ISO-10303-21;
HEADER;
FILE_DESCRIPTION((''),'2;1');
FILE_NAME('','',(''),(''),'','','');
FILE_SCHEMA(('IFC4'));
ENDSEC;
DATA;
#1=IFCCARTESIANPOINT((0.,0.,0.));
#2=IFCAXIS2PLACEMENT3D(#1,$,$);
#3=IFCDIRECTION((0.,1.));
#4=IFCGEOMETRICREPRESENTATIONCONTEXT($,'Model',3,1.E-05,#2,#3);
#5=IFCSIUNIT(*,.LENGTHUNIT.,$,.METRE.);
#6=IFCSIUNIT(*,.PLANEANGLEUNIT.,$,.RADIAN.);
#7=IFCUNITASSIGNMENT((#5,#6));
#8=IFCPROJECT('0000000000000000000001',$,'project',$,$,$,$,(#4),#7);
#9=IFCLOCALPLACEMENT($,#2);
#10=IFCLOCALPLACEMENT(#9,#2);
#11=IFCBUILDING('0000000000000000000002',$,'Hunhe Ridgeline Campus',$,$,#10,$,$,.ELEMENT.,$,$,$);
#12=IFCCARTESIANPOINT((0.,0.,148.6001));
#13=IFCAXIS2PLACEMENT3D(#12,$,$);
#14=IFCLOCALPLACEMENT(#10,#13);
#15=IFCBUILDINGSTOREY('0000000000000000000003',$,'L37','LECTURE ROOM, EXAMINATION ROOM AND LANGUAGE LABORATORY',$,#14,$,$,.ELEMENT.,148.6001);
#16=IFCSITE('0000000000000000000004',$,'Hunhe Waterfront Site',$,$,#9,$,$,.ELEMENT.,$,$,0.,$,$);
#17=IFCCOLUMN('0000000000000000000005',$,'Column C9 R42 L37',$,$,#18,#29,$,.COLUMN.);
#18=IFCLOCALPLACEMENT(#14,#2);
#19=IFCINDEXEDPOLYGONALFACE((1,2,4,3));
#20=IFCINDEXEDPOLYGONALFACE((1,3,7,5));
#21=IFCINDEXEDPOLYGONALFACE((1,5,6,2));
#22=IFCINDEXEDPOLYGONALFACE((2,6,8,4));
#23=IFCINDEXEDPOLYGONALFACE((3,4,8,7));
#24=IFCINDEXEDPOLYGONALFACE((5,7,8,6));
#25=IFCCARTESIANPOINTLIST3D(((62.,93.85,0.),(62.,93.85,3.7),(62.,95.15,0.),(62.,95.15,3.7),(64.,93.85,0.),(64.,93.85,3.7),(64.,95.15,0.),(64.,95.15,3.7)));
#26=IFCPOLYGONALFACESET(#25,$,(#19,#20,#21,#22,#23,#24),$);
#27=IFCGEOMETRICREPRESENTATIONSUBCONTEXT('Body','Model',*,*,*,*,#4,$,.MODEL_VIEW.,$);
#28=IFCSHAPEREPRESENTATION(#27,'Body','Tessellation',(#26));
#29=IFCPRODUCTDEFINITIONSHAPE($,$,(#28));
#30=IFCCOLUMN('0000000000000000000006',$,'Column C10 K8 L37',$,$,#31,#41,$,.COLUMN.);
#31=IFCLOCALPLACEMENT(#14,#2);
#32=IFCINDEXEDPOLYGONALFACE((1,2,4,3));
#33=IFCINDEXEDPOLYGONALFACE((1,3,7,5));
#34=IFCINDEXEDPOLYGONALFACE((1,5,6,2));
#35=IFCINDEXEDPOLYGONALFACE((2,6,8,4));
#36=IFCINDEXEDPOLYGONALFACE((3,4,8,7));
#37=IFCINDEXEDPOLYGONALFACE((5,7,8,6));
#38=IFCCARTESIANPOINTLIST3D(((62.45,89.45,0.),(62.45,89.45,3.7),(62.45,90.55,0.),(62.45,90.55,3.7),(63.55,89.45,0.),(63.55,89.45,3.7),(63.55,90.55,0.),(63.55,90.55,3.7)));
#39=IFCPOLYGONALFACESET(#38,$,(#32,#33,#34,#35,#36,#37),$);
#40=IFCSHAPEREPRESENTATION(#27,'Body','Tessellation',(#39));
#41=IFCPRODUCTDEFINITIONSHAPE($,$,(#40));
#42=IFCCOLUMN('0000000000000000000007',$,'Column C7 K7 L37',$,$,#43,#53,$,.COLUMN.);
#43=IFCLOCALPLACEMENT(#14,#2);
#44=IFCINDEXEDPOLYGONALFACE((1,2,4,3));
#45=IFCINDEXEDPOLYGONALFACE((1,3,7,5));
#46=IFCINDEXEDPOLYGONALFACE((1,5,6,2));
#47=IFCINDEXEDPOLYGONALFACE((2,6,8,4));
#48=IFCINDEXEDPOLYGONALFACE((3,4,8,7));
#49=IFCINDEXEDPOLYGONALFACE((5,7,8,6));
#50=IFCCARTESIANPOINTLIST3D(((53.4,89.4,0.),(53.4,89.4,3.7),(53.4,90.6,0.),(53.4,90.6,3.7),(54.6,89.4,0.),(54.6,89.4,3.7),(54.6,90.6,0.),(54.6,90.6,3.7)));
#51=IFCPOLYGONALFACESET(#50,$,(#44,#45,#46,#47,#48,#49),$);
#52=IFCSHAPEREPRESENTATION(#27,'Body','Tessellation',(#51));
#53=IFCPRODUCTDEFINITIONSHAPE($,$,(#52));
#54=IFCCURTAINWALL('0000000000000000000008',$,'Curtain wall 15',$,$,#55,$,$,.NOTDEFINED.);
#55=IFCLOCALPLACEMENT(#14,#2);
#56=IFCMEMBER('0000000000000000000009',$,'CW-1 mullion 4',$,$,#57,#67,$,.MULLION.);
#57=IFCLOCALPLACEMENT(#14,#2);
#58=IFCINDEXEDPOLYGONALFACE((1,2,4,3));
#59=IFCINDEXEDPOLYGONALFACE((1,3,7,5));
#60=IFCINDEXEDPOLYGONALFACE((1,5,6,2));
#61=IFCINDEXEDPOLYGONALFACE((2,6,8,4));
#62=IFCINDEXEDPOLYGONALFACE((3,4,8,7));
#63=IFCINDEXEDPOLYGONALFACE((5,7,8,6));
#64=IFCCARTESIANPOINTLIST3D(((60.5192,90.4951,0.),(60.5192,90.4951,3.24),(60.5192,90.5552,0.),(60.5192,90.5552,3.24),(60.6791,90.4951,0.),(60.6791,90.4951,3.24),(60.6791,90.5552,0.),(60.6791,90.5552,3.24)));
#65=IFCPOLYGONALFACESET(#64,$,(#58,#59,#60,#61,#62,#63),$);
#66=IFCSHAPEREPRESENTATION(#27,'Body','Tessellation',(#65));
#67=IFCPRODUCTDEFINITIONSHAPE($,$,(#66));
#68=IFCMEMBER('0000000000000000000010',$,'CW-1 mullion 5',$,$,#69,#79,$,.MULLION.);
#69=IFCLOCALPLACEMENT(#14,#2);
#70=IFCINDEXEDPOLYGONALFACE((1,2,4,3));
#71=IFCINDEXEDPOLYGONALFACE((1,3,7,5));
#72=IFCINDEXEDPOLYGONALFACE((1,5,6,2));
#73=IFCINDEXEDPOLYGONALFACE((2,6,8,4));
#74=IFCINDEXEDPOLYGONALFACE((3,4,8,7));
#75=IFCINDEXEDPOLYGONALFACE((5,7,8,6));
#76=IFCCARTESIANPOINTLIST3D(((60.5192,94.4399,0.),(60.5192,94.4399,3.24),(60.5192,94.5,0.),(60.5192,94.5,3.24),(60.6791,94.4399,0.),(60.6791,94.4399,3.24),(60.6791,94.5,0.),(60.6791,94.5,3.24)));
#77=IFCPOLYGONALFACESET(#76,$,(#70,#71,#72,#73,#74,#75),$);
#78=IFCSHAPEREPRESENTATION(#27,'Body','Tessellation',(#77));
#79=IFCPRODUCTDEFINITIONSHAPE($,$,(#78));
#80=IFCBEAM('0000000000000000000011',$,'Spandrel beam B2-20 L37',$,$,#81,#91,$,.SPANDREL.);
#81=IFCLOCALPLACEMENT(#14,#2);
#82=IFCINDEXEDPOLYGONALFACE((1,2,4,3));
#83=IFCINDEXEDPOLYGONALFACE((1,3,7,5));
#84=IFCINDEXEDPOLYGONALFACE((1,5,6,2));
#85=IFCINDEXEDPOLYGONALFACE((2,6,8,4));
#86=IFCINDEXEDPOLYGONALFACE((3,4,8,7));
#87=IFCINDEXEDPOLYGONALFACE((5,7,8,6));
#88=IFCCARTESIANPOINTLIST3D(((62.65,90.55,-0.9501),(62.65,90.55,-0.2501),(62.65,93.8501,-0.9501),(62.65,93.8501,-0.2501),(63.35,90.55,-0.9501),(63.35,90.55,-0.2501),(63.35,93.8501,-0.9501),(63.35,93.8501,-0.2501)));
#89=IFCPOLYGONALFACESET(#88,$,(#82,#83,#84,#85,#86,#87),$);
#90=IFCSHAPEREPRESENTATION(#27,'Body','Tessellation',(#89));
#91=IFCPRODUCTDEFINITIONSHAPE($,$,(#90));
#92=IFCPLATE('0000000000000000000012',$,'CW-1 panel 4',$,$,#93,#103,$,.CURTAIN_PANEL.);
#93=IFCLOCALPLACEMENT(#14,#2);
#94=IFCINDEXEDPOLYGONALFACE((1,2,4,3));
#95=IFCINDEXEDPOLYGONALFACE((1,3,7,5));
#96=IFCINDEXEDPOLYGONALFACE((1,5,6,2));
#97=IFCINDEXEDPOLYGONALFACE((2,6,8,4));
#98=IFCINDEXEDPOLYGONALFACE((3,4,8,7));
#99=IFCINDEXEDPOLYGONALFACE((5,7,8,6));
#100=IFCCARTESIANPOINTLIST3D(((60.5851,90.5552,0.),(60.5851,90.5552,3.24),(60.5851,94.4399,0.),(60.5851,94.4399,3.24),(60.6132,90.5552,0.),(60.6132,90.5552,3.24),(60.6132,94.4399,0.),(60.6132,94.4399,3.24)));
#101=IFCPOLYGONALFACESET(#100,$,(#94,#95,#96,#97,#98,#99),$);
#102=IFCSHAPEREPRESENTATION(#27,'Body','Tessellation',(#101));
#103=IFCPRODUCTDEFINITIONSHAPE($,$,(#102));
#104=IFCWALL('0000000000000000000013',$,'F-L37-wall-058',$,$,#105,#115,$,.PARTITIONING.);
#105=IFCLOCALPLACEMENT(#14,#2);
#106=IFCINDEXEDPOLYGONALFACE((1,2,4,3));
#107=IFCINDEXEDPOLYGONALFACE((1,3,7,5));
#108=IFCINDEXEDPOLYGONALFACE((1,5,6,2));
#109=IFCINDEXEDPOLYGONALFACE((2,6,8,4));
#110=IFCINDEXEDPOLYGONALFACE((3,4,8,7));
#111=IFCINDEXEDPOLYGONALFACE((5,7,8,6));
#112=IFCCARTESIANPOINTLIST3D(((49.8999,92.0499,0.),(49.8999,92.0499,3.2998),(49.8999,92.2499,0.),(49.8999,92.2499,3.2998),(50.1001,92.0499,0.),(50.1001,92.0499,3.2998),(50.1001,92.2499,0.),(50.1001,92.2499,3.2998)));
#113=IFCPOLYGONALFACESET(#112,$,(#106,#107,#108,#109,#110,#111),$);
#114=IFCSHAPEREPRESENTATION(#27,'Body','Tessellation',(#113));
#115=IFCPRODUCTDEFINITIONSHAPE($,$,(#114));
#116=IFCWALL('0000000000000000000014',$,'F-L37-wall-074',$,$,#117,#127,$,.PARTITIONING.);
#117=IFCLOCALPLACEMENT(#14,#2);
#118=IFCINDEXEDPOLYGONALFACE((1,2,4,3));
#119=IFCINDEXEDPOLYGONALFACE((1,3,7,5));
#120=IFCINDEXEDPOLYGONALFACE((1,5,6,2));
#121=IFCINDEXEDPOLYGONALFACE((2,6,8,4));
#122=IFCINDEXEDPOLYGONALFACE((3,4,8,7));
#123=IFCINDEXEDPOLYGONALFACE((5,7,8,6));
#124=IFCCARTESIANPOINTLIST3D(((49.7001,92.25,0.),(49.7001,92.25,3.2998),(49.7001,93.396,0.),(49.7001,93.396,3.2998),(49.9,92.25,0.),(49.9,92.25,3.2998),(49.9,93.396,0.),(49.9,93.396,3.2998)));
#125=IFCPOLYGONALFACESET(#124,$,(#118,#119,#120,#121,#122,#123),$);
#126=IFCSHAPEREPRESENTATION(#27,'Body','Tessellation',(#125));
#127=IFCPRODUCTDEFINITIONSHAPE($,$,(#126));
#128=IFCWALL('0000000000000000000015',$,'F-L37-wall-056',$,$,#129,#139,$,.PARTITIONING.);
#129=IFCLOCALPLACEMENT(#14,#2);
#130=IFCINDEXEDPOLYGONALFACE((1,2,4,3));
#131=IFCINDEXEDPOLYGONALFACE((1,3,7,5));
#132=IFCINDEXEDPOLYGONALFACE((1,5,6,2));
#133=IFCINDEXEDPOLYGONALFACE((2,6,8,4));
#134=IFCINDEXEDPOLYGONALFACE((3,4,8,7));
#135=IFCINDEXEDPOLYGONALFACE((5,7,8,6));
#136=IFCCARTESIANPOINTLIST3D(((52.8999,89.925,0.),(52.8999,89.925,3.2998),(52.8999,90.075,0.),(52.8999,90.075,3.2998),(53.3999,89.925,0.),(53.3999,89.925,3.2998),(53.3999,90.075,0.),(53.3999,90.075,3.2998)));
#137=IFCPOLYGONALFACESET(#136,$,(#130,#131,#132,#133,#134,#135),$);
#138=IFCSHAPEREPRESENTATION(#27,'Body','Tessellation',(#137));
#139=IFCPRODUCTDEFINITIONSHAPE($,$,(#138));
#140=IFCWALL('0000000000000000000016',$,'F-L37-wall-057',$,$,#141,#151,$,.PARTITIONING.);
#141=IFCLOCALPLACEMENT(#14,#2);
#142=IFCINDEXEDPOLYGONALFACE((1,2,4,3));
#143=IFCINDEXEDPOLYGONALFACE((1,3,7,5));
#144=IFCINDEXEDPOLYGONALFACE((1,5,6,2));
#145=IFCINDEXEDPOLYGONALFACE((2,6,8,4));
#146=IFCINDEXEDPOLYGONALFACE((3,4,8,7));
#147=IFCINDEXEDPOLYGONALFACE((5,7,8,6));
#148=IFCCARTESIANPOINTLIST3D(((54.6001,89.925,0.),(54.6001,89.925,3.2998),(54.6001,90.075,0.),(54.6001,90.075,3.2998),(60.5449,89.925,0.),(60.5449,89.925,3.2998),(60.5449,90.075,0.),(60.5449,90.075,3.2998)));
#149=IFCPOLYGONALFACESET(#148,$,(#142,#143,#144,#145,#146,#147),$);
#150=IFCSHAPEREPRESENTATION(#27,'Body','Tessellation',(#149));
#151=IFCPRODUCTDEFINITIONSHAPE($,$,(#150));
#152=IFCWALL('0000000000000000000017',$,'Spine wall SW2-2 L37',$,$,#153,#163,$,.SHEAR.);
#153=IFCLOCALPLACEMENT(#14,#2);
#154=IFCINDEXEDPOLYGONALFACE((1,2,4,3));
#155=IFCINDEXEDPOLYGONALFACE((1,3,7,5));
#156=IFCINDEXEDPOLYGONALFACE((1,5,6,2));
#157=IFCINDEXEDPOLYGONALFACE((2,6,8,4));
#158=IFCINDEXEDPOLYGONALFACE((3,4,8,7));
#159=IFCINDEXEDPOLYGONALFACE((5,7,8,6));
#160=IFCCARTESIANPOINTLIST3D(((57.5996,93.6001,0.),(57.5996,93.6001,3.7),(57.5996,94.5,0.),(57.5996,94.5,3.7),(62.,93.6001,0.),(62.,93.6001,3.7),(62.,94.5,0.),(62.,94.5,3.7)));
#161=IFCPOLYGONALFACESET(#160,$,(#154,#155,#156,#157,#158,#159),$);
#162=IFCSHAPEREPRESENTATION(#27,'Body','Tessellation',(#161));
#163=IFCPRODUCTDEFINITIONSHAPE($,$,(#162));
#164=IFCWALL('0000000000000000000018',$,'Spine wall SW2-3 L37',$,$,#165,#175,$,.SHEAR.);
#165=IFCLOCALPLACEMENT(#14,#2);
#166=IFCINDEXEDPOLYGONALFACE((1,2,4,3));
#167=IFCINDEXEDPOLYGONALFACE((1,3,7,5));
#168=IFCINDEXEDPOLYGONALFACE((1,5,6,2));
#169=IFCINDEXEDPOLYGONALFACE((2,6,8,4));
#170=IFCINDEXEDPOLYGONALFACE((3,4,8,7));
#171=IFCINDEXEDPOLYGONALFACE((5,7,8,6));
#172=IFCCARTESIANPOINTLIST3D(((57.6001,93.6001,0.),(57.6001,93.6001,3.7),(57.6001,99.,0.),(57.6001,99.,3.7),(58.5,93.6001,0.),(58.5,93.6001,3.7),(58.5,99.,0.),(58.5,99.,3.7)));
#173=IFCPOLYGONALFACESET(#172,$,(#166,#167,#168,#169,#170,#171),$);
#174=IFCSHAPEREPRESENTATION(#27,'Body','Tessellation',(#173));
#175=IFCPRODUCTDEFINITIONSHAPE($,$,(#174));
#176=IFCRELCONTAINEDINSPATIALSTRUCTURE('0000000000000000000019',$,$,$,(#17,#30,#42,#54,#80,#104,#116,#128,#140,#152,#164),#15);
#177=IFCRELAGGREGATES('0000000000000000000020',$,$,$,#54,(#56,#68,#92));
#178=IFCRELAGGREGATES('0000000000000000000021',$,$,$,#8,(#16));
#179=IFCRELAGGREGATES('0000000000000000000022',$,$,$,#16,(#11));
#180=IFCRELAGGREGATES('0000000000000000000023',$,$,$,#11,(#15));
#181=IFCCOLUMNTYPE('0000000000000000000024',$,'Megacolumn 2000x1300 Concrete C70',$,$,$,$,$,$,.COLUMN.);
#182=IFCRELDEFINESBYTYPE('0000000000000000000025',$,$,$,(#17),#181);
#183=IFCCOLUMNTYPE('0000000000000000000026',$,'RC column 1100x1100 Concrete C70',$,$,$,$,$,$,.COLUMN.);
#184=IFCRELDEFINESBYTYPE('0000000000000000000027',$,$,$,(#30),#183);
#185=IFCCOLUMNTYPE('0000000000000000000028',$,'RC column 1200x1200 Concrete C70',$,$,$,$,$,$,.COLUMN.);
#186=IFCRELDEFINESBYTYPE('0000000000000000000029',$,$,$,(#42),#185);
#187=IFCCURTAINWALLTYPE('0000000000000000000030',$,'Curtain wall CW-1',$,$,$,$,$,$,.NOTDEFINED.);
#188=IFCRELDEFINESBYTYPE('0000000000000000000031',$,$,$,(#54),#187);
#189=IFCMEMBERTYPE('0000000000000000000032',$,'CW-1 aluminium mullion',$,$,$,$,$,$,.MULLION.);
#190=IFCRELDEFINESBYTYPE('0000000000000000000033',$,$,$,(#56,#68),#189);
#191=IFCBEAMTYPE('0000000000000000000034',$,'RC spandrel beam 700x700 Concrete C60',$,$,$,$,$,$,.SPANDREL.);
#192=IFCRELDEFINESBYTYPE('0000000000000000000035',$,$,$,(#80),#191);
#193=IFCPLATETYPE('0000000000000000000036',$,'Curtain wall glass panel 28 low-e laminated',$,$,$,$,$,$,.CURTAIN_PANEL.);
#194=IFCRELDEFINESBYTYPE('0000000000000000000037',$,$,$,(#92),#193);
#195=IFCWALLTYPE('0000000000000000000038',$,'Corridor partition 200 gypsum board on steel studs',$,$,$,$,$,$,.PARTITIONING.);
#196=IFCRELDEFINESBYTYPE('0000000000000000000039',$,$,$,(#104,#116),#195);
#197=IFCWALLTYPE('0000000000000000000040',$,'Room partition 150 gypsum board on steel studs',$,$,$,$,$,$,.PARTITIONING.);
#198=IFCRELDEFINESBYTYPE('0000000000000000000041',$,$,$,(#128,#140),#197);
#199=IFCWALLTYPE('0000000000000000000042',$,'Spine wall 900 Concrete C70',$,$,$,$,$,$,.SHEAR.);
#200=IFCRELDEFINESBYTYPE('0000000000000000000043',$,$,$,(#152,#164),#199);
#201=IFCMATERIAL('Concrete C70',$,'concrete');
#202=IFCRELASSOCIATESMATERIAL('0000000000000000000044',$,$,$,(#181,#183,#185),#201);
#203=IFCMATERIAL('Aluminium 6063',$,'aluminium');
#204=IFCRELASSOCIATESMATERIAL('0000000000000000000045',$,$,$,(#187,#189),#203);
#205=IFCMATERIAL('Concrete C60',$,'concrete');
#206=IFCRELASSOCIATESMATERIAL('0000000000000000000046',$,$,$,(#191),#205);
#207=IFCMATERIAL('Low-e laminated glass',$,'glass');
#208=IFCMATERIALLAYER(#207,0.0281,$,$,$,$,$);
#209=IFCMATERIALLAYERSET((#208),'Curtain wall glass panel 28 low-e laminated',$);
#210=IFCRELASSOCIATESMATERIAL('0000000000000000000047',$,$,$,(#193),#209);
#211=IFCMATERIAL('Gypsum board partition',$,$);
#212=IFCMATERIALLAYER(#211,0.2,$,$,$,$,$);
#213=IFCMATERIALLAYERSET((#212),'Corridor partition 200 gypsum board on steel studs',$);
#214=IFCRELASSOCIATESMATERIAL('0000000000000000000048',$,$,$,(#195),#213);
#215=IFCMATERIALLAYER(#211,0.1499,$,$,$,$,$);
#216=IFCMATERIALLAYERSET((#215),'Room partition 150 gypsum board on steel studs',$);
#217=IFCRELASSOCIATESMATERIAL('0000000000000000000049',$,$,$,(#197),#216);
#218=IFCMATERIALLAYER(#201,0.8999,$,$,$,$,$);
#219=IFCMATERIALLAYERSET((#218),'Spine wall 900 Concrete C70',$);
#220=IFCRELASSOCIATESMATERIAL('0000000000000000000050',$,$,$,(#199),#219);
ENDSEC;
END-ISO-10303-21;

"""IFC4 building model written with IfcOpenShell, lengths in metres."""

from ifc_helpers import new_model, si_unit, direction, frame, frame_2d, origin, origin_2d, place, context, subcontext, project, spatial, rectangle, extrude, material, layer, layer_set, material_profile, profile_set, type_object, element, aggregate, save


model = new_model("IFC4")

# Units and contexts
model_context = context("Model", 3, precision=1e-05, world=origin(), true_north=direction((0.0, 1.0)))
body_context = subcontext(model_context, "Body", "Model", "MODEL_VIEW")
ifc_project = project(units=[si_unit("LENGTHUNIT", "METRE"), si_unit("PLANEANGLEUNIT", "RADIAN")], contexts=[model_context])

# Site, building, storey
site_placement = place(None, origin())
site = spatial("IfcSite", under=ifc_project, at=site_placement, Name="Hunhe Waterfront Site", CompositionType="ELEMENT", RefElevation=0.0)
building_placement = place(site_placement, origin())
building = spatial("IfcBuilding", under=site, at=building_placement, Name="Hunhe Ridgeline Campus", CompositionType="ELEMENT")
storey_placement = place(building_placement, frame((0.0, 0.0, 148.6001)))
storey = spatial("IfcBuildingStorey", under=building, at=storey_placement, Name="L37", Description="LECTURE ROOM, EXAMINATION ROOM AND LANGUAGE LABORATORY", CompositionType="ELEMENT", Elevation=148.6001)

# Columns
ifc_material_1 = material(Name="Concrete C70", Category="concrete")
ifc_material_profile_1 = material_profile(ifc_material_1, rectangle(XDim=2.0, YDim=1.3, at=origin_2d()))
ifc_profile_set_1 = profile_set([ifc_material_profile_1], Name="Concrete C70")
column_type_1 = type_object("IfcColumnType", Name="Megacolumn 2000x1300 Concrete C70", PredefinedType="COLUMN", material=ifc_profile_set_1)
column_1_placement = place(storey_placement, frame((63.0, 94.5, 0.0), z_axis=(0.0, 0.0, 1.0), x_axis=(1.0, 0.0, 0.0)))
element("IfcColumn", 1, at=column_1_placement, inside=storey, type_object=column_type_1, Name="Column C9 R42 L37", PredefinedType="COLUMN", context=body_context, shape_type="SweptSolid", body=[
    extrude(rectangle(XDim=2.0, YDim=1.3, at=origin_2d()), origin(), (0.0, 0.0, 1.0), 3.7),
])
ifc_material_profile_2 = material_profile(ifc_material_1, rectangle(XDim=1.1001, YDim=1.1001, at=origin_2d()))
ifc_profile_set_2 = profile_set([ifc_material_profile_2], Name="Concrete C70")
column_type_2 = type_object("IfcColumnType", Name="RC column 1100x1100 Concrete C70", PredefinedType="COLUMN", material=ifc_profile_set_2)
column_2_placement = place(storey_placement, frame((63.0, 90.0, 0.0), z_axis=(0.0, 0.0, 1.0), x_axis=(1.0, 0.0, 0.0)))
element("IfcColumn", 2, at=column_2_placement, inside=storey, type_object=column_type_2, Name="Column C10 K8 L37", PredefinedType="COLUMN", context=body_context, shape_type="SweptSolid", body=[
    extrude(rectangle(XDim=1.1001, YDim=1.1001, at=origin_2d()), origin(), (0.0, 0.0, 1.0), 3.7),
])
ifc_material_profile_3 = material_profile(ifc_material_1, rectangle(XDim=1.2, YDim=1.2, at=origin_2d()))
ifc_profile_set_3 = profile_set([ifc_material_profile_3], Name="Concrete C70")
column_type_3 = type_object("IfcColumnType", Name="RC column 1200x1200 Concrete C70", PredefinedType="COLUMN", material=ifc_profile_set_3)
column_3_placement = place(storey_placement, frame((54.0, 90.0, 0.0), z_axis=(0.0, 0.0, 1.0), x_axis=(1.0, 0.0, 0.0)))
element("IfcColumn", 3, at=column_3_placement, inside=storey, type_object=column_type_3, Name="Column C7 K7 L37", PredefinedType="COLUMN", context=body_context, shape_type="SweptSolid", body=[
    extrude(rectangle(XDim=1.2, YDim=1.2, at=origin_2d()), origin(), (0.0, 0.0, 1.0), 3.7),
])

# Curtain wall, members
ifc_material_2 = material(Name="Aluminium 6063", Category="aluminium")
curtain_wall_type = type_object("IfcCurtainWallType", Name="Curtain wall CW-1", PredefinedType="NOTDEFINED", material=ifc_material_2)
curtain_wall_placement = place(storey_placement, origin())
curtain_wall = element("IfcCurtainWall", 4, at=curtain_wall_placement, inside=storey, type_object=curtain_wall_type, Name="Curtain wall 15", PredefinedType="NOTDEFINED")
ifc_material_profile_4 = material_profile(ifc_material_2, rectangle(XDim=0.1599, YDim=0.0601, at=origin_2d()))
ifc_profile_set_4 = profile_set([ifc_material_profile_4], Name="Aluminium 6063")
member_type = type_object("IfcMemberType", Name="CW-1 aluminium mullion", PredefinedType="MULLION", material=ifc_profile_set_4)
member_1_placement = place(storey_placement, frame((60.5991, 90.5251, 0.0), z_axis=(0.0, 0.0, 1.0), x_axis=(-1.0, 0.0, 0.0)))
member_1 = element("IfcMember", 5, at=member_1_placement, type_object=member_type, Name="CW-1 mullion 4", PredefinedType="MULLION", context=body_context, shape_type="SweptSolid", body=[
    extrude(rectangle(XDim=0.1599, YDim=0.0601, at=origin_2d()), origin(), (0.0, 0.0, 1.0), 3.24),
])
member_2_placement = place(storey_placement, frame((60.5991, 94.47, 0.0), z_axis=(0.0, 0.0, 1.0), x_axis=(-1.0, 0.0, 0.0)))
member_2 = element("IfcMember", 6, at=member_2_placement, type_object=member_type, Name="CW-1 mullion 5", PredefinedType="MULLION", context=body_context, shape_type="SweptSolid", body=[
    extrude(rectangle(XDim=0.1599, YDim=0.0601, at=origin_2d()), origin(), (0.0, 0.0, 1.0), 3.24),
])

# Beam
ifc_material_3 = material(Name="Concrete C60", Category="concrete")
ifc_material_profile_5 = material_profile(ifc_material_3, rectangle(XDim=0.7, YDim=0.7, at=origin_2d()))
ifc_profile_set_5 = profile_set([ifc_material_profile_5], Name="Concrete C60")
beam_type = type_object("IfcBeamType", Name="RC spandrel beam 700x700 Concrete C60", PredefinedType="SPANDREL", material=ifc_profile_set_5)
beam_placement = place(storey_placement, frame((63.0, 90.55, -0.6001), z_axis=(0.0, 1.0, 0.0), x_axis=(-1.0, 0.0, 0.0)))
element("IfcBeam", 7, at=beam_placement, inside=storey, type_object=beam_type, Name="Spandrel beam B2-20 L37", PredefinedType="SPANDREL", context=body_context, shape_type="SweptSolid", body=[
    extrude(rectangle(XDim=0.7, YDim=0.7, at=origin_2d()), origin(), (0.0, 0.0, 1.0), 3.3),
])

# Plate
ifc_material_4 = material(Name="Low-e laminated glass", Category="glass")
ifc_layer_1 = layer(ifc_material_4, 0.0281)
ifc_layer_set_1 = layer_set([ifc_layer_1], Name="Curtain wall glass panel 28 low-e laminated")
plate_type = type_object("IfcPlateType", Name="Curtain wall glass panel 28 low-e laminated", PredefinedType="CURTAIN_PANEL", material=ifc_layer_set_1)
plate_placement = place(storey_placement, frame((60.5991, 92.4976, 0.0), z_axis=(0.0, 0.0, 1.0), x_axis=(0.0, 1.0, 0.0)))
plate = element("IfcPlate", 8, at=plate_placement, type_object=plate_type, Name="CW-1 panel 4", PredefinedType="CURTAIN_PANEL", context=body_context, shape_type="SweptSolid", body=[
    extrude(rectangle(XDim=3.8848, YDim=0.0281, at=origin_2d()), origin(), (0.0, 0.0, 1.0), 3.24),
])
aggregate(curtain_wall, [member_1, member_2, plate])

# Walls
ifc_material_5 = material(Name="Gypsum board partition")
ifc_layer_2 = layer(ifc_material_5, 0.2)
ifc_layer_set_2 = layer_set([ifc_layer_2], Name="Corridor partition 200 gypsum board on steel studs")
wall_type_1 = type_object("IfcWallType", Name="Corridor partition 200 gypsum board on steel studs", PredefinedType="PARTITIONING", material=ifc_layer_set_2)
wall_1_placement = place(storey_placement, frame((50.1001, 92.1499, 0.0), z_axis=(0.0, 0.0, 1.0), x_axis=(-1.0, 0.0, 0.0)))
element("IfcWall", 9, at=wall_1_placement, inside=storey, type_object=wall_type_1, Name="F-L37-wall-058", PredefinedType="PARTITIONING", context=body_context, shape_type="SweptSolid", body=[
    extrude(rectangle(XDim=0.2002, YDim=0.2, at=frame_2d((0.1001, 0.0))), origin(), (0.0, 0.0, 1.0), 3.2998),
])
wall_2_placement = place(storey_placement, frame((49.8, 92.25, 0.0), z_axis=(0.0, 0.0, 1.0), x_axis=(0.0, 1.0, 0.0)))
element("IfcWall", 10, at=wall_2_placement, inside=storey, type_object=wall_type_1, Name="F-L37-wall-074", PredefinedType="PARTITIONING", context=body_context, shape_type="SweptSolid", body=[
    extrude(rectangle(XDim=1.146, YDim=0.2, at=frame_2d((0.573, 0.0))), origin(), (0.0, 0.0, 1.0), 3.2998),
])

# Walls
ifc_layer_3 = layer(ifc_material_5, 0.1499)
ifc_layer_set_3 = layer_set([ifc_layer_3], Name="Room partition 150 gypsum board on steel studs")
wall_type_2 = type_object("IfcWallType", Name="Room partition 150 gypsum board on steel studs", PredefinedType="PARTITIONING", material=ifc_layer_set_3)
wall_3_placement = place(storey_placement, frame((52.8999, 90.0, 0.0), z_axis=(0.0, 0.0, 1.0), x_axis=(1.0, 0.0, 0.0)))
element("IfcWall", 11, at=wall_3_placement, inside=storey, type_object=wall_type_2, Name="F-L37-wall-056", PredefinedType="PARTITIONING", context=body_context, shape_type="SweptSolid", body=[
    extrude(rectangle(XDim=0.5, YDim=0.1499, at=frame_2d((0.25, 0.0))), origin(), (0.0, 0.0, 1.0), 3.2998),
])
wall_4_placement = place(storey_placement, frame((54.6001, 90.0, 0.0), z_axis=(0.0, 0.0, 1.0), x_axis=(1.0, 0.0, 0.0)))
element("IfcWall", 12, at=wall_4_placement, inside=storey, type_object=wall_type_2, Name="F-L37-wall-057", PredefinedType="PARTITIONING", context=body_context, shape_type="SweptSolid", body=[
    extrude(rectangle(XDim=5.9448, YDim=0.1499, at=frame_2d((2.9724, 0.0))), origin(), (0.0, 0.0, 1.0), 3.2998),
])
ifc_layer_4 = layer(ifc_material_1, 0.8999)
ifc_layer_set_4 = layer_set([ifc_layer_4], Name="Spine wall 900 Concrete C70")
wall_type_3 = type_object("IfcWallType", Name="Spine wall 900 Concrete C70", PredefinedType="SHEAR", material=ifc_layer_set_4)
wall_5_placement = place(storey_placement, frame((62.0, 94.05, 0.0), z_axis=(0.0, 0.0, 1.0), x_axis=(-1.0, 0.0, 0.0)))
element("IfcWall", 13, at=wall_5_placement, inside=storey, type_object=wall_type_3, Name="Spine wall SW2-2 L37", PredefinedType="SHEAR", context=body_context, shape_type="SweptSolid", body=[
    extrude(rectangle(XDim=4.4004, YDim=0.8999, at=frame_2d((2.2002, 0.0))), origin(), (0.0, 0.0, 1.0), 3.7),
])
wall_6_placement = place(storey_placement, frame((58.05, 93.6001, 0.0), z_axis=(0.0, 0.0, 1.0), x_axis=(0.0, 1.0, 0.0)))
element("IfcWall", 14, at=wall_6_placement, inside=storey, type_object=wall_type_3, Name="Spine wall SW2-3 L37", PredefinedType="SHEAR", context=body_context, shape_type="SweptSolid", body=[
    extrude(rectangle(XDim=5.3999, YDim=0.8999, at=frame_2d((2.7, 0.0))), origin(), (0.0, 0.0, 1.0), 3.7),
])

save(model, "model.ifc")
